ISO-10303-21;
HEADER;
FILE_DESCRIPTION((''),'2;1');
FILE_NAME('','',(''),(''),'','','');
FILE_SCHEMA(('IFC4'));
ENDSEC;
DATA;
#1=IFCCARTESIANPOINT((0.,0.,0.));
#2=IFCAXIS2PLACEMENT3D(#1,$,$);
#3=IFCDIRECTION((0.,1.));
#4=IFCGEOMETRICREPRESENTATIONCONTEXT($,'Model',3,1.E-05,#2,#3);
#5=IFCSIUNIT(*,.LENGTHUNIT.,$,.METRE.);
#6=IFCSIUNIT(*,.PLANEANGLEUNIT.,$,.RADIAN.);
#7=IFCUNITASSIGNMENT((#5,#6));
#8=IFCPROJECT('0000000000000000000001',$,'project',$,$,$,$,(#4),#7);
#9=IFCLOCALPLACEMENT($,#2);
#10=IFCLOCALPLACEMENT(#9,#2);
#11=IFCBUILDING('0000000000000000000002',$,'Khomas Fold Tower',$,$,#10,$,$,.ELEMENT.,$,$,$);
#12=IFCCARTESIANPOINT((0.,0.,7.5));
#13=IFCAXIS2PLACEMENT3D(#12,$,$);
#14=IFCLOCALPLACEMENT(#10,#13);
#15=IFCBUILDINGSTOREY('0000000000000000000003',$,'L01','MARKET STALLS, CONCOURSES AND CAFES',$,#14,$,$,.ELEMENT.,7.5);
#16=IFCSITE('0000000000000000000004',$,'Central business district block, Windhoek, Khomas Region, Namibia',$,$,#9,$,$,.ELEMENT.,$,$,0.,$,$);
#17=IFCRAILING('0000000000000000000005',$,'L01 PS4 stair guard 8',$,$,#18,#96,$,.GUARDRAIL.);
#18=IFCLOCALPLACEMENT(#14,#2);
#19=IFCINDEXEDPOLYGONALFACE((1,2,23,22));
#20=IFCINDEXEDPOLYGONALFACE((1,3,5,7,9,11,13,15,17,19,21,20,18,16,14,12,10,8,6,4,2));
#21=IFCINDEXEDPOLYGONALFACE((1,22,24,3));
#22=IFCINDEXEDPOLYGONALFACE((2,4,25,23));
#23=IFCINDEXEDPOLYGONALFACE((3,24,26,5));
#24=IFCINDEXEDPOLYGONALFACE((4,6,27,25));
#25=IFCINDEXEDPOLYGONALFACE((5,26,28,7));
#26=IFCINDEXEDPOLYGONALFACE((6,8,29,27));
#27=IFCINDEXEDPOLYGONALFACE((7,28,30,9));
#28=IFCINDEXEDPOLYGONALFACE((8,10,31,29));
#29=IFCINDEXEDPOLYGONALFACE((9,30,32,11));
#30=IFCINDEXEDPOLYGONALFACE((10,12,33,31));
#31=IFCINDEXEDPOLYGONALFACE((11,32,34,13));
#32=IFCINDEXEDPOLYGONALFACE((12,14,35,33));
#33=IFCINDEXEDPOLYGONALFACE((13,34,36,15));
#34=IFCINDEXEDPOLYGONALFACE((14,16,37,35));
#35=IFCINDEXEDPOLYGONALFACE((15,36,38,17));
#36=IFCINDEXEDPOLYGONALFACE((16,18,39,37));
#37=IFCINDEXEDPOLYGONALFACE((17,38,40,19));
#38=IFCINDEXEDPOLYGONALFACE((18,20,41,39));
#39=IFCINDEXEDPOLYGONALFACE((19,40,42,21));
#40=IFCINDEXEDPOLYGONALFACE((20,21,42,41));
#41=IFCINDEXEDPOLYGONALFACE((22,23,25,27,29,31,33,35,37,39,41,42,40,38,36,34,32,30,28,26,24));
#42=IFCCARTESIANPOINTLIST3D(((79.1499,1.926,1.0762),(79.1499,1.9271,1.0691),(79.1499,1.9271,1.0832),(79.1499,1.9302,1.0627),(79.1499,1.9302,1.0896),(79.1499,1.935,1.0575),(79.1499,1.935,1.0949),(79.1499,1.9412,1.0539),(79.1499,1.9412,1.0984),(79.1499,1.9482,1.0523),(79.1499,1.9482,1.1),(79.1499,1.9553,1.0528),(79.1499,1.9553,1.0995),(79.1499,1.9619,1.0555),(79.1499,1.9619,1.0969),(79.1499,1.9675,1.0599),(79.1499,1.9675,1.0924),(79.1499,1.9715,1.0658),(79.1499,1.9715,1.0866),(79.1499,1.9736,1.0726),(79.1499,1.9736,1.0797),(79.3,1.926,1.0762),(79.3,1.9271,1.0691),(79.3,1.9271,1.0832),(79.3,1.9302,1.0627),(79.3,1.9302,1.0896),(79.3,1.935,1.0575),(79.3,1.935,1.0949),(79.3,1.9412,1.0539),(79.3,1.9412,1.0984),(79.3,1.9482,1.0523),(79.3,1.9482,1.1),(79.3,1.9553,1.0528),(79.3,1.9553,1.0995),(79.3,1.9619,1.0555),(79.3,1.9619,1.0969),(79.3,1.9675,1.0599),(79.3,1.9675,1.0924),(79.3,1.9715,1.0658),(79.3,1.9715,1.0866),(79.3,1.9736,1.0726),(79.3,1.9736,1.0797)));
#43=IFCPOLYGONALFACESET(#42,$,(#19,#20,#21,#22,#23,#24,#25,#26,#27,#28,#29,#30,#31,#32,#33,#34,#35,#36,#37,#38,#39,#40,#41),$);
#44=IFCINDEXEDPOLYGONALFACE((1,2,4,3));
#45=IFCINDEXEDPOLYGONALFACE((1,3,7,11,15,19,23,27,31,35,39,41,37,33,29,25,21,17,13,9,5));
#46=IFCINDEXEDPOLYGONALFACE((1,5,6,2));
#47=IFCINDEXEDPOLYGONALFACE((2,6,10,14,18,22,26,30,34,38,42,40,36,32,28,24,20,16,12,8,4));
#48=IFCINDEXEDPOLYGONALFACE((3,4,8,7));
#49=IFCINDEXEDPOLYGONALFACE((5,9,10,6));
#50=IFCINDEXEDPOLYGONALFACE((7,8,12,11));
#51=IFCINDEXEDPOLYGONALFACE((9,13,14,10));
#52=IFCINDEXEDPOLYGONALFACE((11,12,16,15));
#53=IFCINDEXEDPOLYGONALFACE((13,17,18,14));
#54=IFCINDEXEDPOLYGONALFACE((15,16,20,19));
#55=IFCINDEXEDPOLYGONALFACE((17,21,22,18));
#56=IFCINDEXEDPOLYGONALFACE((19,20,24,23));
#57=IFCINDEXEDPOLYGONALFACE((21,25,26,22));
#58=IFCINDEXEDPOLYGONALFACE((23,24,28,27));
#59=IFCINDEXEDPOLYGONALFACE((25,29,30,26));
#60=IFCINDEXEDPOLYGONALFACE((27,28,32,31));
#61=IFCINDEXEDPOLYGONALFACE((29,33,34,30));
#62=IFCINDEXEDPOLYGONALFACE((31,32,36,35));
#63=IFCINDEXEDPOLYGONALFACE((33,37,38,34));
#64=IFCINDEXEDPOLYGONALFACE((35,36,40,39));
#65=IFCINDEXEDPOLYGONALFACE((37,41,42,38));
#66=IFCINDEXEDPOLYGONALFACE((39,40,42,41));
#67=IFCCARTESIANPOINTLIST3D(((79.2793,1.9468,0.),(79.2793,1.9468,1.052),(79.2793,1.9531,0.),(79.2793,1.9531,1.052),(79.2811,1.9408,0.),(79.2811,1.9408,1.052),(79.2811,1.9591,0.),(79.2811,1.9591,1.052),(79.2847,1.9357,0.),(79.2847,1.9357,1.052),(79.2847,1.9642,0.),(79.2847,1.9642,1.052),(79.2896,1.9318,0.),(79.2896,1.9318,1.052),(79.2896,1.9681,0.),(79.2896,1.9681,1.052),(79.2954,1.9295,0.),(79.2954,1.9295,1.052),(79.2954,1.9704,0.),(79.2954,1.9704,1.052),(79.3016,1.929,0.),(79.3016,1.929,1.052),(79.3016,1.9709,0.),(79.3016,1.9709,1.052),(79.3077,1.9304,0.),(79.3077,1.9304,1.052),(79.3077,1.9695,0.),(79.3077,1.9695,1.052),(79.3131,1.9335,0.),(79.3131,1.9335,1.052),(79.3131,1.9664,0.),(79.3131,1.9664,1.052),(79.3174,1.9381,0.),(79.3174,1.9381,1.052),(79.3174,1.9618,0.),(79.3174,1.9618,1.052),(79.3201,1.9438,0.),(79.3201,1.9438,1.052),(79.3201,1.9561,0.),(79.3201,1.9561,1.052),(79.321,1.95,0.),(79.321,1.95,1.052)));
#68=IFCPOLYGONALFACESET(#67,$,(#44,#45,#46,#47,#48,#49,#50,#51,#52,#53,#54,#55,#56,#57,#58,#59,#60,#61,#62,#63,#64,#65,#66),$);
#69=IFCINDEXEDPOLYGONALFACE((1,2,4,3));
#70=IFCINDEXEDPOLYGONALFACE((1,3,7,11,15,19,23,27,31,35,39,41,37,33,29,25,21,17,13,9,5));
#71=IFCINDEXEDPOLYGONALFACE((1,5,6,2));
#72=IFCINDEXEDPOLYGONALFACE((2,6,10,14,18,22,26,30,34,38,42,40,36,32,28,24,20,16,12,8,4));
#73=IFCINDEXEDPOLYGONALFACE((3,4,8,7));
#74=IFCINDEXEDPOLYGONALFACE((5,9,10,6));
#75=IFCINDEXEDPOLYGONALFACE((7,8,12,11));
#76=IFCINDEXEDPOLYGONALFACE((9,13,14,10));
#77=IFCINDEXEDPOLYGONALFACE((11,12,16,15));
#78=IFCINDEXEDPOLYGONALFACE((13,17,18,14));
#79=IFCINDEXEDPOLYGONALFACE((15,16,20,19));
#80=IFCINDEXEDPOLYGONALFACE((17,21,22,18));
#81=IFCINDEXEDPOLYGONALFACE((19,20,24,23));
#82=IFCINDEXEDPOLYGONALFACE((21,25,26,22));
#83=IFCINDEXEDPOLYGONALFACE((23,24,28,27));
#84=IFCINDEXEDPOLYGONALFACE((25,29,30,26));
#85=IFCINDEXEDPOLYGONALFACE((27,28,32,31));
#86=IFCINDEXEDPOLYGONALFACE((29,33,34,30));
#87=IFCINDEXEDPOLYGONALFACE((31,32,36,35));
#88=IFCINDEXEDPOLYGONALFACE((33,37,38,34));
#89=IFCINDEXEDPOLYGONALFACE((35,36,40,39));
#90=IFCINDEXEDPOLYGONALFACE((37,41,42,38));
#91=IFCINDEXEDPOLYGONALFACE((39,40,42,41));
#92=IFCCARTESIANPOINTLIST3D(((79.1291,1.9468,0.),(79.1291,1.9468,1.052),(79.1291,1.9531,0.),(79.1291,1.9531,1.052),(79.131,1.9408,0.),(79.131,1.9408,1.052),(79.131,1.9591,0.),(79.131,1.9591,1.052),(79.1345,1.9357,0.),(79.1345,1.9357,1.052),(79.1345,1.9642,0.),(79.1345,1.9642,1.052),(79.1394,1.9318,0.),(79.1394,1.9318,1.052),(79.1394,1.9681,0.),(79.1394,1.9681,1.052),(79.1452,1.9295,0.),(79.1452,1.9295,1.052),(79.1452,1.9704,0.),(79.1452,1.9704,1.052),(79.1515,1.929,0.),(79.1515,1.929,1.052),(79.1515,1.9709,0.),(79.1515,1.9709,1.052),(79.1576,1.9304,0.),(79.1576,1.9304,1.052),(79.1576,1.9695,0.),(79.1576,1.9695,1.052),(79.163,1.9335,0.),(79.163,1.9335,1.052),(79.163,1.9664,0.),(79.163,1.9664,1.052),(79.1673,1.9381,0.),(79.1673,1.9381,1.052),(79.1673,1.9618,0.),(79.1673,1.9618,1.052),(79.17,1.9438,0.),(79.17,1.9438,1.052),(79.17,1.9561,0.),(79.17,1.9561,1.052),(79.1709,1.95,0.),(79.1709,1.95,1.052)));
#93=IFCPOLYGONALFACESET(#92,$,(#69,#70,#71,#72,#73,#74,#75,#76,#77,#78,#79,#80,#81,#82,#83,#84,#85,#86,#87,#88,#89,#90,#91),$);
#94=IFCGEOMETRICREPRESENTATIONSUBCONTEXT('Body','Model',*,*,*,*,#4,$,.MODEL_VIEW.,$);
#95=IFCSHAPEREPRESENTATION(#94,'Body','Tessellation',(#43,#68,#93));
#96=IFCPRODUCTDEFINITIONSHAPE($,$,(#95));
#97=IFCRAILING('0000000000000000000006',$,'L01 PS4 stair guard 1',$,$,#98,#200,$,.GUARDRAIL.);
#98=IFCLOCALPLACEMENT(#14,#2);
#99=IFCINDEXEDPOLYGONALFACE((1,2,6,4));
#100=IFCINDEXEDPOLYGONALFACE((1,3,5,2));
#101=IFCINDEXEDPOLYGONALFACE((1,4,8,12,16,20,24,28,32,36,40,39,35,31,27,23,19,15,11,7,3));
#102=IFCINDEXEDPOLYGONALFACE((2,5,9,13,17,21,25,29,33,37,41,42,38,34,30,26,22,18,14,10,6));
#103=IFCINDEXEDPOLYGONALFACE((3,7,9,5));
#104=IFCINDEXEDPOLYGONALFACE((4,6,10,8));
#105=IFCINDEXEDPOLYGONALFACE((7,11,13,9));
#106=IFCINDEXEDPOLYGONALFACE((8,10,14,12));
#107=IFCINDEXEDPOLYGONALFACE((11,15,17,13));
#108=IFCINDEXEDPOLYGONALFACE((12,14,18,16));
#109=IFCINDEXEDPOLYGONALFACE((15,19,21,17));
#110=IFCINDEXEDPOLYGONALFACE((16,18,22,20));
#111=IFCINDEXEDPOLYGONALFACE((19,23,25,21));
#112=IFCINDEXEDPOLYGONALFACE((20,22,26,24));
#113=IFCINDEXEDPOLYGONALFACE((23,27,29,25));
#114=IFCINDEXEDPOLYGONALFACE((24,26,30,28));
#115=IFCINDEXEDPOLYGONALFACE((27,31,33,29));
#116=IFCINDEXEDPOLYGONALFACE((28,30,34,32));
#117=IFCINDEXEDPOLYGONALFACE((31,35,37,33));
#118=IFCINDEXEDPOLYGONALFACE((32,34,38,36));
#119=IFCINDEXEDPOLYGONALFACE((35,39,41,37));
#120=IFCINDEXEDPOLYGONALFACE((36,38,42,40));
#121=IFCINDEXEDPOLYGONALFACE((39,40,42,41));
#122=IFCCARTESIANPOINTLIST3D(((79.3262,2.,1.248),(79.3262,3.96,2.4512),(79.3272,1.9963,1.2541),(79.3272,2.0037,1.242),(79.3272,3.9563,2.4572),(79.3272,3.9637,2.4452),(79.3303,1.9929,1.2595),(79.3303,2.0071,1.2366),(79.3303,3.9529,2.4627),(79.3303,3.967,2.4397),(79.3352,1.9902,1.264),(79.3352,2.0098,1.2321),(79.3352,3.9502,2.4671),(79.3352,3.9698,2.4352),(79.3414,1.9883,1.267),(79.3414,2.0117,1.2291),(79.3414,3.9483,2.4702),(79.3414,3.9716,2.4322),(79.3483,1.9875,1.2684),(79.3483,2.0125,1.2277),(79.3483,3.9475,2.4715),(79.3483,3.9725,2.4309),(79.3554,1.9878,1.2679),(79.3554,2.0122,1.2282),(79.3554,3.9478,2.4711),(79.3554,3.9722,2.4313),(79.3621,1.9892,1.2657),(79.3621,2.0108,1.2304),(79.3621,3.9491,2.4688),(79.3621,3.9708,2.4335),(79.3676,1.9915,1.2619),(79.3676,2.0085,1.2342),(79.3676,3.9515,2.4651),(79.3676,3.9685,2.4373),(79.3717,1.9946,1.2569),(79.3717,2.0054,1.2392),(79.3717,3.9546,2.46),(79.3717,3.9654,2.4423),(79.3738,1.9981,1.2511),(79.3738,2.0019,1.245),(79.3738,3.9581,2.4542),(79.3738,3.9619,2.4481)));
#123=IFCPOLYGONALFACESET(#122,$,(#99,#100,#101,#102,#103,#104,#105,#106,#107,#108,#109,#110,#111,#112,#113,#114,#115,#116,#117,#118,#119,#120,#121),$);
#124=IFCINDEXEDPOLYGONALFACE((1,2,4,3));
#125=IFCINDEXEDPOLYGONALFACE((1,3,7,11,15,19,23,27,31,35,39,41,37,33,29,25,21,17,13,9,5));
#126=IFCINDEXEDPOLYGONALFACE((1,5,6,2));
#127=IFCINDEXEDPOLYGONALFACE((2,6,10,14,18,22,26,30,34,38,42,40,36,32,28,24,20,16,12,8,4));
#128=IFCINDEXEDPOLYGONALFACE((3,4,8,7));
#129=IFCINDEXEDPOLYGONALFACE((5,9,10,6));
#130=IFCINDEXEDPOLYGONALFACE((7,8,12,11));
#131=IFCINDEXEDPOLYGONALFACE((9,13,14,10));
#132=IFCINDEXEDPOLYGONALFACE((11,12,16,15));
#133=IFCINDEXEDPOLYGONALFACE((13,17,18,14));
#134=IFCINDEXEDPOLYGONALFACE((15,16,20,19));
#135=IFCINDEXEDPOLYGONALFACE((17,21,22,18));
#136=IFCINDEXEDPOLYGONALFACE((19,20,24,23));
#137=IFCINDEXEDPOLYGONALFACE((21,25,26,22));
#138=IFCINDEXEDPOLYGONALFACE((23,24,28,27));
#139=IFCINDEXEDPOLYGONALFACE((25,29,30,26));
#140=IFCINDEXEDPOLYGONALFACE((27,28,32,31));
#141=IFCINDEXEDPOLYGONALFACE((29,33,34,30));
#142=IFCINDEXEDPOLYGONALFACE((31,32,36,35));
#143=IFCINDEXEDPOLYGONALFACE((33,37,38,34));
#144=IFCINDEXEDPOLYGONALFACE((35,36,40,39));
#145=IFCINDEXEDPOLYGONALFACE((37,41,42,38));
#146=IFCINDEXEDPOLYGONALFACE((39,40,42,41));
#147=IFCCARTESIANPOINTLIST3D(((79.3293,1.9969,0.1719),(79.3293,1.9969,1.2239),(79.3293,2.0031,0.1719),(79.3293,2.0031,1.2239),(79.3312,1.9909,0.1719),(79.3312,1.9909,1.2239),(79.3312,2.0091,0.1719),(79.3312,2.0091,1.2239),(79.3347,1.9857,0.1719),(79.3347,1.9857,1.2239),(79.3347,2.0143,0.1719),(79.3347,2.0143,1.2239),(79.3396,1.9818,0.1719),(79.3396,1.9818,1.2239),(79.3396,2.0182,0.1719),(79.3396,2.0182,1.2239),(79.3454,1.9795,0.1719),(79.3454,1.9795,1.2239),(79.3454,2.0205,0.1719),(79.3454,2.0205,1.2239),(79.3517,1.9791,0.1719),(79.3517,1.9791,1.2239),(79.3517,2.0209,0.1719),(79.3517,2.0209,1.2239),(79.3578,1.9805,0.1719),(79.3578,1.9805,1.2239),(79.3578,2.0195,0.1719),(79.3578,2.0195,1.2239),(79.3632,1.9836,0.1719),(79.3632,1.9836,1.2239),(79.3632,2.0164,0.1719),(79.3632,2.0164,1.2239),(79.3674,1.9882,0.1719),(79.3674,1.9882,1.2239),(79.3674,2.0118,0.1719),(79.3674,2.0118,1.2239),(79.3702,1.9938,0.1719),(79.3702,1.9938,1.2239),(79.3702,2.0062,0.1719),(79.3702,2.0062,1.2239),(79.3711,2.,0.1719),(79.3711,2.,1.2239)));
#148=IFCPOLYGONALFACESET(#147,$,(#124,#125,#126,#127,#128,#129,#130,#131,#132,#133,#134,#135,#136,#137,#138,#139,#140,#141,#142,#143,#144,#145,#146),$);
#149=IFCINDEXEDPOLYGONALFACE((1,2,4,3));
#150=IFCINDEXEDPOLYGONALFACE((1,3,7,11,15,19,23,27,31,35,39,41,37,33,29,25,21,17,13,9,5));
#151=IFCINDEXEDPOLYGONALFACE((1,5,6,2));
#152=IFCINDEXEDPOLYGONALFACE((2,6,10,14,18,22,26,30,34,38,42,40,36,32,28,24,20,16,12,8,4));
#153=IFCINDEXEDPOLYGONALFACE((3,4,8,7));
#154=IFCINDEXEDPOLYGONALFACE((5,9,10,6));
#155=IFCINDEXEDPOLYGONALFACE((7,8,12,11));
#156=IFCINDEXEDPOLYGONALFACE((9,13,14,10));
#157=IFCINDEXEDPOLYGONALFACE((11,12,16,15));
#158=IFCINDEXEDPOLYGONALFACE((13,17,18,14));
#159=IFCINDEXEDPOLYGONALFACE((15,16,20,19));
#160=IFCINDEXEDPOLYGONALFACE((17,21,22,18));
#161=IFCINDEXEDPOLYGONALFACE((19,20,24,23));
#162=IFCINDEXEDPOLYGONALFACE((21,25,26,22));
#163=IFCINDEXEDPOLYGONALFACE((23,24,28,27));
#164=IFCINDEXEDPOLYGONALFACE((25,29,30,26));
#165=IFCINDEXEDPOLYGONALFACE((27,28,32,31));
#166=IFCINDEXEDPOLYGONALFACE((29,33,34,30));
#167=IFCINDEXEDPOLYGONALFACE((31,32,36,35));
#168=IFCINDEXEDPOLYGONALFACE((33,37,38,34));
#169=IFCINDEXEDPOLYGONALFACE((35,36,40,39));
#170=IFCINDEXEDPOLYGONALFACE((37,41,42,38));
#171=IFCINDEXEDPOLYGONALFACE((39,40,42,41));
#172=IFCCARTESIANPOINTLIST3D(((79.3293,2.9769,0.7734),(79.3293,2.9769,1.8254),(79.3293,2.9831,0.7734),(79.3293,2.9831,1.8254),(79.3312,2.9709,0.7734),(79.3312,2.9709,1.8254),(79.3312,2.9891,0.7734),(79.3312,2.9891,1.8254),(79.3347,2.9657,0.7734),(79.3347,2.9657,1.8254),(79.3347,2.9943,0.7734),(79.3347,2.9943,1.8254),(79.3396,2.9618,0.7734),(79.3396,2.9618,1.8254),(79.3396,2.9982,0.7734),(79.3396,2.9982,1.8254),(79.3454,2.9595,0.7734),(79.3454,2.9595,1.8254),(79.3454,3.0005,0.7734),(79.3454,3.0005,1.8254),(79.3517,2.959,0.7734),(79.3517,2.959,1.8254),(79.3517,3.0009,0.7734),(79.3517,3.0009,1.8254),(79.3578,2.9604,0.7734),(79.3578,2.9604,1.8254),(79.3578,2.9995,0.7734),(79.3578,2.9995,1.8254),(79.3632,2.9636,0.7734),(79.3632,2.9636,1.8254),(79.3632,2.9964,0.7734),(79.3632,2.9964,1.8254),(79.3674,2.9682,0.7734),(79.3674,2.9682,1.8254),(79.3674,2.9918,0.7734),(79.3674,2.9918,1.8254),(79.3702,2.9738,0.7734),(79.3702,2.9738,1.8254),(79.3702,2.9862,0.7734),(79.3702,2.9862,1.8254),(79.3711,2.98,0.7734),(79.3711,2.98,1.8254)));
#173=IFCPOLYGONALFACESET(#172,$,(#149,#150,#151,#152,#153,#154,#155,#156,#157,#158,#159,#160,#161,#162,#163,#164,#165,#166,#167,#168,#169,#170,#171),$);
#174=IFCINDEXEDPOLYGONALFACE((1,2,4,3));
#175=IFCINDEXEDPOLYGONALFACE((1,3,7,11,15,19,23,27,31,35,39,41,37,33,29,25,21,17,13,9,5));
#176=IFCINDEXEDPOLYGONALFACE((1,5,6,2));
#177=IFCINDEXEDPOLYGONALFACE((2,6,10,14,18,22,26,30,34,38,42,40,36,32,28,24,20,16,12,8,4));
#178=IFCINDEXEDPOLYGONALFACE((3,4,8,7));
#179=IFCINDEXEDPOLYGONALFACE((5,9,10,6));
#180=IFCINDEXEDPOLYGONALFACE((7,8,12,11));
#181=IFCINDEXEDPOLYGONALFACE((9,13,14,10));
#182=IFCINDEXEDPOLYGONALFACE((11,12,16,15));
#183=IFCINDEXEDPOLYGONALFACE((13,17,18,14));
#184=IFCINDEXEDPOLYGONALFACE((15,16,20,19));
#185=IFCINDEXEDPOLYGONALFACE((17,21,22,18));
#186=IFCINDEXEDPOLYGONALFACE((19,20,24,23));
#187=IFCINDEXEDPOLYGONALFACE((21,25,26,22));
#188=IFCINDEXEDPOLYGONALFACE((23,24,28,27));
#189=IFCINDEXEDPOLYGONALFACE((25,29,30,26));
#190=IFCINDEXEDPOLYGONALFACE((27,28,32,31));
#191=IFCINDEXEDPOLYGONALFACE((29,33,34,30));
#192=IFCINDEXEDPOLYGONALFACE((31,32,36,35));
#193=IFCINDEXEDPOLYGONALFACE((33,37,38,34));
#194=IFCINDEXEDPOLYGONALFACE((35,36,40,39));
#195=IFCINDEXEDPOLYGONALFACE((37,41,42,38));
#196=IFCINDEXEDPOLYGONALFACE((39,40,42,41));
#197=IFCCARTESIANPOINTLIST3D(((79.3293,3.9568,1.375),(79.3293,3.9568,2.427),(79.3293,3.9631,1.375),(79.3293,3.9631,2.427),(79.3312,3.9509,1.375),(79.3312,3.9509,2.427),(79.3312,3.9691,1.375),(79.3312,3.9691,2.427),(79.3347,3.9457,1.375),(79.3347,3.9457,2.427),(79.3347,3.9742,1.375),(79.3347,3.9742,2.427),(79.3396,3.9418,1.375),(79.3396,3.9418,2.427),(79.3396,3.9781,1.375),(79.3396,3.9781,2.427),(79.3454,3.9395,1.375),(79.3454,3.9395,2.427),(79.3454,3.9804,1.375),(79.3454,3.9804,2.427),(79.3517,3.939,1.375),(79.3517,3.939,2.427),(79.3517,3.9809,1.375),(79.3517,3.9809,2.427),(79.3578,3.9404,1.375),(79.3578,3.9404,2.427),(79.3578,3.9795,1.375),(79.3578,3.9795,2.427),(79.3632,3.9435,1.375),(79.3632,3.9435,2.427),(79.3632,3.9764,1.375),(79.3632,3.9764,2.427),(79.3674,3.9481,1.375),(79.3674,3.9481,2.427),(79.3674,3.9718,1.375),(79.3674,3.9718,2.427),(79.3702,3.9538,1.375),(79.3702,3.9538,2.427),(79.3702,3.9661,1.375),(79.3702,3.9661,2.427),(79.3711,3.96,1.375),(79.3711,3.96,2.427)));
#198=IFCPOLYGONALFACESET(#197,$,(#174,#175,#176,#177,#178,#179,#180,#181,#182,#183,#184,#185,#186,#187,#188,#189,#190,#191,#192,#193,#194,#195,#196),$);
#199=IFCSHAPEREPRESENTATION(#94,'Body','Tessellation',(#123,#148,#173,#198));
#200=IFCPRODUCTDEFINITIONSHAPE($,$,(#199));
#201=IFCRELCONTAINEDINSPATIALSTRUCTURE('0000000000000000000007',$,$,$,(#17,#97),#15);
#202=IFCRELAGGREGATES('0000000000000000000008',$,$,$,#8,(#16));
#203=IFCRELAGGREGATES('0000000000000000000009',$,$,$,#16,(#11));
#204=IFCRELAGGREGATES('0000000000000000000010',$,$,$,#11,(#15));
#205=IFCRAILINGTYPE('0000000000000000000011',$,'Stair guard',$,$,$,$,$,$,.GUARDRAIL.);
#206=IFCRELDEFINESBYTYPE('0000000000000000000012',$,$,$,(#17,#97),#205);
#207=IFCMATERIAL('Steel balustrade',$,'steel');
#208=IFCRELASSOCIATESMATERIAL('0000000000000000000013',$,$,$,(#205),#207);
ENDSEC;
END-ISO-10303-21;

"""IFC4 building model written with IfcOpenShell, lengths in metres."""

from ifc_helpers import new_model, si_unit, direction, frame, origin, origin_2d, place, context, subcontext, project, spatial, circle, extrude, source, transform, mapped, material, type_object, element, save


model = new_model("IFC4")

# Units and contexts
model_context = context("Model", 3, precision=1e-05, world=origin(), true_north=direction((0.0, 1.0)))
body_context = subcontext(model_context, "Body", "Model", "MODEL_VIEW")
ifc_project = project(units=[si_unit("LENGTHUNIT", "METRE"), si_unit("PLANEANGLEUNIT", "RADIAN")], contexts=[model_context])

# Site, building, storey
site_placement = place(None, origin())
site = spatial("IfcSite", under=ifc_project, at=site_placement, Name="Central business district block, Windhoek, Khomas Region, Namibia", CompositionType="ELEMENT", RefElevation=0.0)
building_placement = place(site_placement, origin())
building = spatial("IfcBuilding", under=site, at=building_placement, Name="Khomas Fold Tower", CompositionType="ELEMENT")
storey_placement = place(building_placement, frame((0.0, 0.0, 7.5)))
storey = spatial("IfcBuildingStorey", under=building, at=storey_placement, Name="L01", Description="MARKET STALLS, CONCOURSES AND CAFES", CompositionType="ELEMENT", Elevation=7.5)

# Railings
ifc_material_1 = material(Name="Steel balustrade", Category="steel")
railing_type_1 = type_object("IfcRailingType", Name="Stair guard", PredefinedType="GUARDRAIL", material=ifc_material_1)
shared_shape_1 = source(origin(), body_context, "Body", "SweptSolid", [
    extrude(circle(Radius=0.0239, at=origin_2d()), frame((0.0, 0.0, 1.0762), z_axis=(-1.0, 0.0, 0.0), x_axis=(0.0, -1.0, 0.0)), (0.0, 0.0, 1.0), 0.1501),
    extrude(circle(Radius=0.021, at=origin_2d()), origin(), (0.0, 0.0, 1.0), 1.052),
    extrude(circle(Radius=0.021, at=origin_2d()), frame((-0.1501, 0.0, 0.0)), (0.0, 0.0, 1.0), 1.052),
])
for number, where, name in (
    (1, (79.3, 1.95, 0.0), "L01 PS4 stair guard 8"),
):
    element("IfcRailing", number, at=place(storey_placement, frame(where)), inside=storey, type_object=railing_type_1, Name=name, PredefinedType="GUARDRAIL", context=body_context, shape_type="MappedRepresentation", body=[
        mapped(shared_shape_1, transform((0.0, 0.0, 0.0))),
    ])
shared_shape_2 = source(origin(), body_context, "Body", "SweptSolid", [
    extrude(circle(Radius=0.0239, at=origin_2d()), frame((0.0, 0.0, 1.0762), z_axis=(0.0, 0.852241, 0.523149), x_axis=(-1.0, 0.0, 0.0)), (0.0, 0.0, 1.0), 2.2998),
    extrude(circle(Radius=0.021, at=origin_2d()), origin(), (0.0, 0.0, 1.0), 1.052),
    extrude(circle(Radius=0.021, at=origin_2d()), frame((0.0, 0.98, 0.6016)), (0.0, 0.0, 1.0), 1.052),
    extrude(circle(Radius=0.021, at=origin_2d()), frame((0.0, 1.96, 1.2031)), (0.0, 0.0, 1.0), 1.052),
])
for number, where, name in (
    (2, (79.3501, 2.0, 0.1719), "L01 PS4 stair guard 1"),
):
    element("IfcRailing", number, at=place(storey_placement, frame(where)), inside=storey, type_object=railing_type_1, Name=name, PredefinedType="GUARDRAIL", context=body_context, shape_type="MappedRepresentation", body=[
        mapped(shared_shape_2, transform((0.0, 0.0, 0.0))),
    ])

save(model, "model.ifc")
